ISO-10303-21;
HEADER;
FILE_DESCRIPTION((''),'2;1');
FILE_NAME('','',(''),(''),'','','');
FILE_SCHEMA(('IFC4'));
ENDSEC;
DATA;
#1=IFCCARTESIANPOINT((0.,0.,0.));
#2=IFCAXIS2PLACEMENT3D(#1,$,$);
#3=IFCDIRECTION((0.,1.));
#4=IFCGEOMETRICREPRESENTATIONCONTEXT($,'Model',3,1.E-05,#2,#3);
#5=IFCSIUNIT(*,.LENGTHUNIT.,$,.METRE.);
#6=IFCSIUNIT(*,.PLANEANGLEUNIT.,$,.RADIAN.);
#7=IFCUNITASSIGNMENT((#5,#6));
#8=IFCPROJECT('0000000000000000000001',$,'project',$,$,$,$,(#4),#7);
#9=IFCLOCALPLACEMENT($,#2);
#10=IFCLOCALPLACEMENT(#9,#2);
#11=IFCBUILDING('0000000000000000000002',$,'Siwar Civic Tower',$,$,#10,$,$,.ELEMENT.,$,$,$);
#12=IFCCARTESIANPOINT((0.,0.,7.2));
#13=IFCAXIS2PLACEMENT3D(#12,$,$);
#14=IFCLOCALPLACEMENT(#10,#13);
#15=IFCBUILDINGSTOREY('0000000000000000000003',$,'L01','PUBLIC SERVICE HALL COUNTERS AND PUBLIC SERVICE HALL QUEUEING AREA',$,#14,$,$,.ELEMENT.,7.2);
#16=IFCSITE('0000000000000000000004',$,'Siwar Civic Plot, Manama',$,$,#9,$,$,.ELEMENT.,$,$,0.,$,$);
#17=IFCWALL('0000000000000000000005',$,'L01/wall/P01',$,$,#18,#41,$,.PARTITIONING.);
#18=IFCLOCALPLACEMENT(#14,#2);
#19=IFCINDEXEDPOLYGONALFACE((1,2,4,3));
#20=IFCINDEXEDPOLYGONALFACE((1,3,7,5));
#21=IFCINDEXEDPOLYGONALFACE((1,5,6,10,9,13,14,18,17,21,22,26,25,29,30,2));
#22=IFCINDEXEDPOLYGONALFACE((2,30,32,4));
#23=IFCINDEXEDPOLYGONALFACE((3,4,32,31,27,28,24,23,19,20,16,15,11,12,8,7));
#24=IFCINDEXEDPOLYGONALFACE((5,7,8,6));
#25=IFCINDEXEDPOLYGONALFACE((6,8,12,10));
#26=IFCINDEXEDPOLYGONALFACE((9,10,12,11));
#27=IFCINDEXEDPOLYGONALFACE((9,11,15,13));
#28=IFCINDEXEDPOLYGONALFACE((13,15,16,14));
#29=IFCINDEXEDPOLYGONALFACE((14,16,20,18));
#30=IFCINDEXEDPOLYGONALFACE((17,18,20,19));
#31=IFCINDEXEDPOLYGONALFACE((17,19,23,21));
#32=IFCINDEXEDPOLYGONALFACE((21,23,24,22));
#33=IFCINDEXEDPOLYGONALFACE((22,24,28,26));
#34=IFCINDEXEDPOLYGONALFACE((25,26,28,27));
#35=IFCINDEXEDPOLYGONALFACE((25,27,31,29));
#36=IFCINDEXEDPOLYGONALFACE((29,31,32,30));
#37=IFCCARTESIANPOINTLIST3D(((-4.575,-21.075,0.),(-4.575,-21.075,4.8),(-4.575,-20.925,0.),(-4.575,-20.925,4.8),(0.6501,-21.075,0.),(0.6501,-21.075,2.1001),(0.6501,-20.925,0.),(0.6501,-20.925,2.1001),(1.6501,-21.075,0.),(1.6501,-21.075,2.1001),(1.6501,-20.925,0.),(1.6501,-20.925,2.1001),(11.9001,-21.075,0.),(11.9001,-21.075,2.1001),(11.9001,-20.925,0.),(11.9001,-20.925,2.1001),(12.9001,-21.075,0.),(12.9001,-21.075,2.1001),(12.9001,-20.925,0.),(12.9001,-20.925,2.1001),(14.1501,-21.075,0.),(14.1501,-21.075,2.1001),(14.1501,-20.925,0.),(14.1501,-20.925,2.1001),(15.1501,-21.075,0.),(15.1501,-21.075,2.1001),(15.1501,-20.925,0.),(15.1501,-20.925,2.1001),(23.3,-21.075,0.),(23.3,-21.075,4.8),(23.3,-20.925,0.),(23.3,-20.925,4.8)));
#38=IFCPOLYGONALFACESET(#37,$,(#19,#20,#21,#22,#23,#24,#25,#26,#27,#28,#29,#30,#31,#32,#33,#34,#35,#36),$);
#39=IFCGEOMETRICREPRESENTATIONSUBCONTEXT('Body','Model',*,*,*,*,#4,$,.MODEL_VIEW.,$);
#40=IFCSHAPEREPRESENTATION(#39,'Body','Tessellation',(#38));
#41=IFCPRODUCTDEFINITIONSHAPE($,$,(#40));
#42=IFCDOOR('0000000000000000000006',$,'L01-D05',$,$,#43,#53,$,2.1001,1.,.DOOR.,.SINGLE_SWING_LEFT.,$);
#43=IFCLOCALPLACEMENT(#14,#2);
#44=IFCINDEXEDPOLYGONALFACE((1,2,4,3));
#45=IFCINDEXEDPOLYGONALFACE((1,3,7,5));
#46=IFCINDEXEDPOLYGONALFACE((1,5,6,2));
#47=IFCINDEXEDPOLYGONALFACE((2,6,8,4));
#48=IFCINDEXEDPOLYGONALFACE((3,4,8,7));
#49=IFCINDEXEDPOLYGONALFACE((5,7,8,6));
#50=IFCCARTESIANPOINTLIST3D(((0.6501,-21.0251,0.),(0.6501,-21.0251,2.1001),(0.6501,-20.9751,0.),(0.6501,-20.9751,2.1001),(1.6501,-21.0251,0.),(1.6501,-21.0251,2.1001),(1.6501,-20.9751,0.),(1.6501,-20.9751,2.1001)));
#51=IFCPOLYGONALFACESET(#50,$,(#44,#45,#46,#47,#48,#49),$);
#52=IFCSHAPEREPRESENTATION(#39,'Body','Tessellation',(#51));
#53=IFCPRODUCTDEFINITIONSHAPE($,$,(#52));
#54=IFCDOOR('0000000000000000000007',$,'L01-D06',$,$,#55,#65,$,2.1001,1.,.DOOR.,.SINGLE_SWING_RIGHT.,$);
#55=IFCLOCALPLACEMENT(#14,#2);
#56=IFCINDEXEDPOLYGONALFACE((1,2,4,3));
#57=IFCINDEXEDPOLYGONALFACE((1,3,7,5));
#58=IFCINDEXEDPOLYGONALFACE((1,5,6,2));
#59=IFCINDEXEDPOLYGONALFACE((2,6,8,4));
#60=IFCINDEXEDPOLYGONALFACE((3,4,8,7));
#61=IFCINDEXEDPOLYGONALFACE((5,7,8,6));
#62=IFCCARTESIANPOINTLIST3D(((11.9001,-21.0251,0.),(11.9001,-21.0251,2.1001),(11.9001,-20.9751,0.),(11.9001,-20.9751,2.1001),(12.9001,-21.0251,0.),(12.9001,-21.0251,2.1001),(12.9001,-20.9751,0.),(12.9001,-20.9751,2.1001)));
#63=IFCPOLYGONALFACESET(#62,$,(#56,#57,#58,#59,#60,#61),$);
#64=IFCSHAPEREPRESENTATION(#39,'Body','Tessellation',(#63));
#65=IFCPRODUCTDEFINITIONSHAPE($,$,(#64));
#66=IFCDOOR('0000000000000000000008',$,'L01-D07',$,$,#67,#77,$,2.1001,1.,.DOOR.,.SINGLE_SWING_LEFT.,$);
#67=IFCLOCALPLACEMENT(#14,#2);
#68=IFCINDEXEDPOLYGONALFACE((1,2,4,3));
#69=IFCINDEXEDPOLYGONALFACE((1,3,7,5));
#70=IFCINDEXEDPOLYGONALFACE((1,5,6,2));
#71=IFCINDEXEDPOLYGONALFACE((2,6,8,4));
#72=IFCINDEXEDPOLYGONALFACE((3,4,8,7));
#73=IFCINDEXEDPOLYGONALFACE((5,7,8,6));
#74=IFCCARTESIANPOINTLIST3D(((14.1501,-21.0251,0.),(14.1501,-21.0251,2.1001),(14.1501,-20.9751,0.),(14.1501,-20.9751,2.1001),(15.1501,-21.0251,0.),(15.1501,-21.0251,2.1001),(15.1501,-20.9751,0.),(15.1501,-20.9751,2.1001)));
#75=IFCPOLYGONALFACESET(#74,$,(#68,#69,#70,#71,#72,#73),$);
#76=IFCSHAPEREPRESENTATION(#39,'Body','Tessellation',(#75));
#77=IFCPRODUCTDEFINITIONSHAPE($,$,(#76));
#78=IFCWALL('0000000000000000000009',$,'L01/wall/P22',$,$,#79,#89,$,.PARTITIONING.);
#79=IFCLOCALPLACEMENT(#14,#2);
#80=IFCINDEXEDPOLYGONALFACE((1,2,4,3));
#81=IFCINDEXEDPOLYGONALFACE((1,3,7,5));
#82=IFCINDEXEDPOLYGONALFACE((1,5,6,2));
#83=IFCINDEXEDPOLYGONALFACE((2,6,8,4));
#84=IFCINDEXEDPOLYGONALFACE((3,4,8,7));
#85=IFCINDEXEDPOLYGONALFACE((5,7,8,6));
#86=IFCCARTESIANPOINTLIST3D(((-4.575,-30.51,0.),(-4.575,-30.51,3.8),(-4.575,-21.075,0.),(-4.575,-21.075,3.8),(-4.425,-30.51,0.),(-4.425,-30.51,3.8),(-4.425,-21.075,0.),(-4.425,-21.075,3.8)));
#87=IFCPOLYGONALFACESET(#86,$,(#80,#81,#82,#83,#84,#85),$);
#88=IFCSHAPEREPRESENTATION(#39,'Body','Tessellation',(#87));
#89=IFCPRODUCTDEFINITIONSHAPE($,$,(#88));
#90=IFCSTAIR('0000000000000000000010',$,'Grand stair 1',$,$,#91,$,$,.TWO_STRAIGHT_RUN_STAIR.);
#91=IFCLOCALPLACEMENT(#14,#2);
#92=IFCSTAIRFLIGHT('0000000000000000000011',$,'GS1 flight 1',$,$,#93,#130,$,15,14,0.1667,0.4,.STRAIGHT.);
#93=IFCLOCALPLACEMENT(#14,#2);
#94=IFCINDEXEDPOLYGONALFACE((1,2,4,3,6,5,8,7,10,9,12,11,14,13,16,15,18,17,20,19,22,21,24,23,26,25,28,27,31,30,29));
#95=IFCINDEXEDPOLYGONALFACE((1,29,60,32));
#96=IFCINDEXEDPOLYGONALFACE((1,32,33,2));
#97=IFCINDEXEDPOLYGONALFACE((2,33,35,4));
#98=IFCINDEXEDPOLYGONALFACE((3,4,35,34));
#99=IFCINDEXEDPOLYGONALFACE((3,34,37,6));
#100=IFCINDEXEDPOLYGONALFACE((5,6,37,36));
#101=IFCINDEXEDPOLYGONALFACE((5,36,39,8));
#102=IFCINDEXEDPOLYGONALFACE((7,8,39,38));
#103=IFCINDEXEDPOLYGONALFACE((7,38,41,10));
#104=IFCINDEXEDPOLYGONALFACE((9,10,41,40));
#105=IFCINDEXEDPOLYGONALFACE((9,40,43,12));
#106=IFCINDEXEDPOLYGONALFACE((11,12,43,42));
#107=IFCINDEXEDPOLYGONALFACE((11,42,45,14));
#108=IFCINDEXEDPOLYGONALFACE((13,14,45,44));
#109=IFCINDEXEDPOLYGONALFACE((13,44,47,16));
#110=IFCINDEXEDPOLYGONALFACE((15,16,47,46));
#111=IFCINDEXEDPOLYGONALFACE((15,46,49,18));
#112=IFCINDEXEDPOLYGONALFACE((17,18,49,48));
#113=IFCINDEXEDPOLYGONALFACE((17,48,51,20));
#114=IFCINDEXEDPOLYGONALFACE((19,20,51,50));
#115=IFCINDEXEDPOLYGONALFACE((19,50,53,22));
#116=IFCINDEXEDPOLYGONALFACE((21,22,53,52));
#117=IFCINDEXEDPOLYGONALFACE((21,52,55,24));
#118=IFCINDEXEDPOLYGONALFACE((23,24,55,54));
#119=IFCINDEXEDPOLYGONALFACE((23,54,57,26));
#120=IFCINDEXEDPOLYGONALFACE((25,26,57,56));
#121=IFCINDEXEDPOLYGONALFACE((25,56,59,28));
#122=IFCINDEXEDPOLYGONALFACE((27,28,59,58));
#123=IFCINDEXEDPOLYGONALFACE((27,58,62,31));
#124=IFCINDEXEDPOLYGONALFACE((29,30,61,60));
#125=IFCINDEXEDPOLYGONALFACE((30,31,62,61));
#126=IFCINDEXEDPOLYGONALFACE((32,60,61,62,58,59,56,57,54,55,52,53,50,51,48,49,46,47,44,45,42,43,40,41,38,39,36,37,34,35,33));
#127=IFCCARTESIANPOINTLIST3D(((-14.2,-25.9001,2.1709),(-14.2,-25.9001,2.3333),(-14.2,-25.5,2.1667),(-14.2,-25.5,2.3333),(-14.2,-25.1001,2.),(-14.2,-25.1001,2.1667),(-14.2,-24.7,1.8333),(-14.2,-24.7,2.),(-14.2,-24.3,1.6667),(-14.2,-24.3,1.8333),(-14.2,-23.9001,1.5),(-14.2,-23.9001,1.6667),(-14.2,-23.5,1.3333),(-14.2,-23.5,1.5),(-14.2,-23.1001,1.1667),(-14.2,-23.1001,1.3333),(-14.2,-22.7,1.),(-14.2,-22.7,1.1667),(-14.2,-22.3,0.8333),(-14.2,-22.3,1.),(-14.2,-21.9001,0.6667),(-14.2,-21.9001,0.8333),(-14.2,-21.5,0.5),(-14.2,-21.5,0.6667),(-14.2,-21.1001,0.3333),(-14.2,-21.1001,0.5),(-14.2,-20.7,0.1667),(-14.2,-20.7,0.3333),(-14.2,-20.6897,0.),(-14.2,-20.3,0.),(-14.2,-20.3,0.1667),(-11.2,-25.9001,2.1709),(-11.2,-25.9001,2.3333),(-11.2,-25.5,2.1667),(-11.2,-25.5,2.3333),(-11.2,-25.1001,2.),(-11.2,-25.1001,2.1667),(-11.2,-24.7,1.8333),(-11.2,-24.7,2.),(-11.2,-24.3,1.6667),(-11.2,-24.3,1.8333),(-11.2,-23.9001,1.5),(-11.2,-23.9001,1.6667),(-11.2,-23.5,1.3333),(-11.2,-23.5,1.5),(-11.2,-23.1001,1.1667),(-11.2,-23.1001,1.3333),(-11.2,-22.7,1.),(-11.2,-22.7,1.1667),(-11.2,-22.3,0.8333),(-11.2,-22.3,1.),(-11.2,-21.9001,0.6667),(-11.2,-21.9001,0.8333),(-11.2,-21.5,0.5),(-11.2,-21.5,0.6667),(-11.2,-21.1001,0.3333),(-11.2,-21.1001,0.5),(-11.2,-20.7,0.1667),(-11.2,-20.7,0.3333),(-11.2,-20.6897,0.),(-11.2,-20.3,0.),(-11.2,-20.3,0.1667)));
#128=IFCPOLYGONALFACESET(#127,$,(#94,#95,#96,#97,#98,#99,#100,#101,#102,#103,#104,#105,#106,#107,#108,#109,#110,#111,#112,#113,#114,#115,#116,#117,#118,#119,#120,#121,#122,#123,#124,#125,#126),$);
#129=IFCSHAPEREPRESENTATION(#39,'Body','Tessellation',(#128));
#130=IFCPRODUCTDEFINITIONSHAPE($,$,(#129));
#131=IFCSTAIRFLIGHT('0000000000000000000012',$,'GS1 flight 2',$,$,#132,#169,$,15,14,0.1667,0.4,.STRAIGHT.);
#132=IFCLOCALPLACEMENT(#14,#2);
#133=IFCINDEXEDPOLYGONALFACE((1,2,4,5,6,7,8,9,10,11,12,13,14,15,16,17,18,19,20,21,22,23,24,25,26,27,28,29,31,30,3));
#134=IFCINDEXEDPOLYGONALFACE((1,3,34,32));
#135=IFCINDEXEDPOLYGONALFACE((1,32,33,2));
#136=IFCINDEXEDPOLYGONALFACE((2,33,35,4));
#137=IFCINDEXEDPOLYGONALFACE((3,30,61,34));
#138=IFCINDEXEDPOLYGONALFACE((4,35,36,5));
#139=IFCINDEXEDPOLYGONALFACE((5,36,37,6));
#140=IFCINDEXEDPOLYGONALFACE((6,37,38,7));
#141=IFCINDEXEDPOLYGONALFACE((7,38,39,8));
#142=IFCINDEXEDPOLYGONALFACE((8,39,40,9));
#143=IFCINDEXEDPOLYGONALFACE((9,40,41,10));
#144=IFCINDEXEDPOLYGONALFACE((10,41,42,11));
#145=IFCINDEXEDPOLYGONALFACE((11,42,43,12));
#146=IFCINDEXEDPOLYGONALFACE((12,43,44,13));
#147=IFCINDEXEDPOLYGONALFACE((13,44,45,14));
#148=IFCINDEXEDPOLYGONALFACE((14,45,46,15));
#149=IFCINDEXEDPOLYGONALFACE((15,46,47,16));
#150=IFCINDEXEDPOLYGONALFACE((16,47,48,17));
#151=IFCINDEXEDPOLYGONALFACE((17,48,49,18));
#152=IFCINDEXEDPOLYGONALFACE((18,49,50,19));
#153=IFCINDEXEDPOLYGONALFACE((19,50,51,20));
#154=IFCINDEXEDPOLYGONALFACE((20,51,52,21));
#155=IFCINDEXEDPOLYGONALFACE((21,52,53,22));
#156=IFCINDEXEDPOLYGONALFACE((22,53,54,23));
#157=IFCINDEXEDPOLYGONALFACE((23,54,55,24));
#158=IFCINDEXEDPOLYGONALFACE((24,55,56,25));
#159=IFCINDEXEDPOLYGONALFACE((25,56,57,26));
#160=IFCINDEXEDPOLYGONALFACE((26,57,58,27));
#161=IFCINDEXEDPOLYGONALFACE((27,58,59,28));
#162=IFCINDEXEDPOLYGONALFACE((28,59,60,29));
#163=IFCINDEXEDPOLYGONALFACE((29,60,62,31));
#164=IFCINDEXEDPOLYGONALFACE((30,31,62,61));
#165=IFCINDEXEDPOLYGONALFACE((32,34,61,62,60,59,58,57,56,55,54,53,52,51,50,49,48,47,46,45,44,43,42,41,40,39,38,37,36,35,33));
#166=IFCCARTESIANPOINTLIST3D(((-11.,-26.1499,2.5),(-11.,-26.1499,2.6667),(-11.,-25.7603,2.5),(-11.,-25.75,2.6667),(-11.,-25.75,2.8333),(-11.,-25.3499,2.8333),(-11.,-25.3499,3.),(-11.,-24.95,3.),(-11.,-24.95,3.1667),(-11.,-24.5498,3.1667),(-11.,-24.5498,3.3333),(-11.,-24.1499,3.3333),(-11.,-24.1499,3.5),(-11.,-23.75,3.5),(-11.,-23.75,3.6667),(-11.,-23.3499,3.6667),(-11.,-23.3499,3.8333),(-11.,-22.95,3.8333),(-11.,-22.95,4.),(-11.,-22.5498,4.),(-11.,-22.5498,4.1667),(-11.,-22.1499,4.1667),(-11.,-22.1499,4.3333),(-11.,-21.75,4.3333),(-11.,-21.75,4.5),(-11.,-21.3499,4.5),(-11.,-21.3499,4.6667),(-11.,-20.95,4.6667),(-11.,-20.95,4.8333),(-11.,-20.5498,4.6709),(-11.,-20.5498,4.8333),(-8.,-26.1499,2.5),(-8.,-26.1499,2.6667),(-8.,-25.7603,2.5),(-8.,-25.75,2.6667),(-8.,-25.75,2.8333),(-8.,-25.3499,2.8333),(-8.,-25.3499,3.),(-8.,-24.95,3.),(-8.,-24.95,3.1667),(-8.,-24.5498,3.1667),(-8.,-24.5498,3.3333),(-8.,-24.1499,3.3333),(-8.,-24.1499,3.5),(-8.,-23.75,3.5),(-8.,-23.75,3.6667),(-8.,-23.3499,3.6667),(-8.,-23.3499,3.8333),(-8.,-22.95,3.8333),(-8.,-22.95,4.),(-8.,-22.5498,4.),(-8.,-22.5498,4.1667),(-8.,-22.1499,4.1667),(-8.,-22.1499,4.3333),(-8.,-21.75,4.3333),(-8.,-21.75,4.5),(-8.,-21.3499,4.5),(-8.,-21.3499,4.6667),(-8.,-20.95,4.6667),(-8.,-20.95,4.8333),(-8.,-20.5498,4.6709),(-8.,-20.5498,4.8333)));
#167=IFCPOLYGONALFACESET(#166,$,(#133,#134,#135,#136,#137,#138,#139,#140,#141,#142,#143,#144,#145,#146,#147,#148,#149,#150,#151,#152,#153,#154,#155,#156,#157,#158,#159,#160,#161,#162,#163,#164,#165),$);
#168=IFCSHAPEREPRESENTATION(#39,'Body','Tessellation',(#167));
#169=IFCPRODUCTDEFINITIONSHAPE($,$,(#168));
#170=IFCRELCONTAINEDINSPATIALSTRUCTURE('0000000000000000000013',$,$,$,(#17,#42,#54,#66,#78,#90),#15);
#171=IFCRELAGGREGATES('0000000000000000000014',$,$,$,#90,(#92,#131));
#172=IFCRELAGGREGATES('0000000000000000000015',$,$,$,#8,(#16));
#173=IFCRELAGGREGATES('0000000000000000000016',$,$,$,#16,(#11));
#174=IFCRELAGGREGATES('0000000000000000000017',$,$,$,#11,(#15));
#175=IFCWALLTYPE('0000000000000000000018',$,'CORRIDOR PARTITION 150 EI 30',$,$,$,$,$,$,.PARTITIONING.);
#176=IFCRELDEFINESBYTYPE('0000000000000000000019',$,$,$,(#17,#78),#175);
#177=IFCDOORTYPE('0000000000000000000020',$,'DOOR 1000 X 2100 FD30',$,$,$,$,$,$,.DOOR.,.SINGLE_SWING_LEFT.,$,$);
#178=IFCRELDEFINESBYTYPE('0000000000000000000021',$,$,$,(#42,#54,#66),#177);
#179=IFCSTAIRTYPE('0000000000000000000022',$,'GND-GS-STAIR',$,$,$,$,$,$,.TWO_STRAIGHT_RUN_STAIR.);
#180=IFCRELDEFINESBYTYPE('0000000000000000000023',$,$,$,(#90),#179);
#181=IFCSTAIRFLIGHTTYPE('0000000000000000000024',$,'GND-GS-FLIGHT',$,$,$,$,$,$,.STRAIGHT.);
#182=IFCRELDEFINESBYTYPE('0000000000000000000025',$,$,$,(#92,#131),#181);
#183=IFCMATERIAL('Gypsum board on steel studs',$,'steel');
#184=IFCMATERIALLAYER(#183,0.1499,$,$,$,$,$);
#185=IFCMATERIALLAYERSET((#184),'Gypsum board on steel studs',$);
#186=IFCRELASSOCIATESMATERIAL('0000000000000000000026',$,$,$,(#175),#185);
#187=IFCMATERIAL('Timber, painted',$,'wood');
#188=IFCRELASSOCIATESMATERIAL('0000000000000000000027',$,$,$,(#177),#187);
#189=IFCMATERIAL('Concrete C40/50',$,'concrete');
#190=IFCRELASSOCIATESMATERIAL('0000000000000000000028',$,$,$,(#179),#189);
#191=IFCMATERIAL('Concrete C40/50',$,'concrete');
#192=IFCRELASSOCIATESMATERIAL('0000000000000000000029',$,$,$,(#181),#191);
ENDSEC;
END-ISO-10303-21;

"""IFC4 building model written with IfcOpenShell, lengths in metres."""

from ifc_helpers import new_model, si_unit, direction, frame, frame_2d, origin, place, context, subcontext, project, spatial, polyline, rectangle, outline, extrude, material, layer, layer_set, type_object, element, fill, aggregate, save


model = new_model("IFC4")

# Units and contexts
model_context = context("Model", 3, precision=1e-05, world=origin(), true_north=direction((0.0, 1.0)))
body_context = subcontext(model_context, "Body", "Model", "MODEL_VIEW")
ifc_project = project(units=[si_unit("LENGTHUNIT", "METRE"), si_unit("PLANEANGLEUNIT", "RADIAN")], contexts=[model_context])

# Site, building, storey
site_placement = place(None, origin())
site = spatial("IfcSite", under=ifc_project, at=site_placement, Name="Siwar Civic Plot, Manama", CompositionType="ELEMENT", RefElevation=0.0)
building_placement = place(site_placement, origin())
building = spatial("IfcBuilding", under=site, at=building_placement, Name="Siwar Civic Tower", CompositionType="ELEMENT")
storey_placement = place(building_placement, frame((0.0, 0.0, 7.2)))
storey = spatial("IfcBuildingStorey", under=building, at=storey_placement, Name="L01", Description="PUBLIC SERVICE HALL COUNTERS AND PUBLIC SERVICE HALL QUEUEING AREA", CompositionType="ELEMENT", Elevation=7.2)

# Wall, openings, doors
ifc_material_1 = material(Name="Gypsum board on steel studs", Category="steel")
ifc_layer_1 = layer(ifc_material_1, 0.1499)
ifc_layer_set_1 = layer_set([ifc_layer_1], Name="Gypsum board on steel studs")
wall_type = type_object("IfcWallType", Name="CORRIDOR PARTITION 150 EI 30", PredefinedType="PARTITIONING", material=ifc_layer_set_1)
wall_1_placement = place(storey_placement, frame((-4.575, -21.0, 0.0), z_axis=(0.0, 0.0, 1.0), x_axis=(1.0, 0.0, 0.0)))
wall_1 = element("IfcWall", 1, at=wall_1_placement, inside=storey, type_object=wall_type, Name="L01/wall/P01", PredefinedType="PARTITIONING", context=body_context, shape_type="SweptSolid", body=[
    extrude(rectangle(XDim=27.875, YDim=0.1499, at=frame_2d((13.9375, 0.0))), origin(), (0.0, 0.0, 1.0), 4.8),
])
opening_1_placement = place(wall_1_placement, frame((5.2251, 0.0, 0.0)))
opening_1 = element("IfcOpeningElement", 2, at=opening_1_placement, cuts=wall_1, PredefinedType="OPENING", context=body_context, shape_type="SweptSolid", body=[
    extrude(rectangle(XDim=1.0, YDim=2.1001, at=frame_2d((0.5, 1.05))), frame((0.0, 0.085, 0.0), z_axis=(0.0, -1.0, 0.0), x_axis=(1.0, 0.0, 0.0)), (0.0, 0.0, 1.0), 0.1699),
])
opening_2_placement = place(wall_1_placement, frame((16.4751, 0.0, 0.0)))
opening_2 = element("IfcOpeningElement", 3, at=opening_2_placement, cuts=wall_1, PredefinedType="OPENING", context=body_context, shape_type="SweptSolid", body=[
    extrude(rectangle(XDim=1.0, YDim=2.1001, at=frame_2d((0.5, 1.05))), frame((0.0, 0.085, 0.0), z_axis=(0.0, -1.0, 0.0), x_axis=(1.0, 0.0, 0.0)), (0.0, 0.0, 1.0), 0.1699),
])
opening_3_placement = place(wall_1_placement, frame((18.7251, 0.0, 0.0)))
opening_3 = element("IfcOpeningElement", 4, at=opening_3_placement, cuts=wall_1, PredefinedType="OPENING", context=body_context, shape_type="SweptSolid", body=[
    extrude(rectangle(XDim=1.0, YDim=2.1001, at=frame_2d((0.5, 1.05))), frame((0.0, 0.085, 0.0), z_axis=(0.0, -1.0, 0.0), x_axis=(1.0, 0.0, 0.0)), (0.0, 0.0, 1.0), 0.1699),
])
ifc_material_2 = material(Name="Timber, painted", Category="wood")
door_type = type_object("IfcDoorType", Name="DOOR 1000 X 2100 FD30", OperationType="SINGLE_SWING_LEFT", PredefinedType="DOOR", material=ifc_material_2)
door_1_placement = place(opening_1_placement, origin())
door_1 = element("IfcDoor", 5, at=door_1_placement, inside=storey, type_object=door_type, Name="L01-D05", OperationType="SINGLE_SWING_LEFT", OverallHeight=2.1001, OverallWidth=1.0, PredefinedType="DOOR", context=body_context, shape_type="SweptSolid", body=[
    extrude(rectangle(XDim=1.0, YDim=2.1001, at=frame_2d((0.5, 1.05))), frame((0.0, 0.0249, 0.0), z_axis=(0.0, -1.0, 0.0), x_axis=(1.0, 0.0, 0.0)), (0.0, 0.0, 1.0), 0.05),
])
fill(opening_1, door_1)
door_2_placement = place(opening_2_placement, origin())
door_2 = element("IfcDoor", 6, at=door_2_placement, inside=storey, type_object=door_type, Name="L01-D06", OperationType="SINGLE_SWING_RIGHT", OverallHeight=2.1001, OverallWidth=1.0, PredefinedType="DOOR", context=body_context, shape_type="SweptSolid", body=[
    extrude(rectangle(XDim=1.0, YDim=2.1001, at=frame_2d((0.5, 1.05))), frame((0.0, 0.0249, 0.0), z_axis=(0.0, -1.0, 0.0), x_axis=(1.0, 0.0, 0.0)), (0.0, 0.0, 1.0), 0.05),
])
fill(opening_2, door_2)
door_3_placement = place(opening_3_placement, origin())
door_3 = element("IfcDoor", 7, at=door_3_placement, inside=storey, type_object=door_type, Name="L01-D07", OperationType="SINGLE_SWING_LEFT", OverallHeight=2.1001, OverallWidth=1.0, PredefinedType="DOOR", context=body_context, shape_type="SweptSolid", body=[
    extrude(rectangle(XDim=1.0, YDim=2.1001, at=frame_2d((0.5, 1.05))), frame((0.0, 0.0249, 0.0), z_axis=(0.0, -1.0, 0.0), x_axis=(1.0, 0.0, 0.0)), (0.0, 0.0, 1.0), 0.05),
])
fill(opening_3, door_3)

# Wall
wall_2_placement = place(storey_placement, frame((-4.5, -30.51, 0.0), z_axis=(0.0, 0.0, 1.0), x_axis=(0.0, 1.0, 0.0)))
element("IfcWall", 8, at=wall_2_placement, inside=storey, type_object=wall_type, Name="L01/wall/P22", PredefinedType="PARTITIONING", context=body_context, shape_type="SweptSolid", body=[
    extrude(rectangle(XDim=9.4351, YDim=0.1499, at=frame_2d((4.7175, 0.0))), origin(), (0.0, 0.0, 1.0), 3.8),
])

# Stair, stair flights
ifc_material_3 = material(Name="Concrete C40/50", Category="concrete")
stair_type = type_object("IfcStairType", Name="GND-GS-STAIR", PredefinedType="TWO_STRAIGHT_RUN_STAIR", material=ifc_material_3)
stair_placement = place(storey_placement, origin())
stair = element("IfcStair", 9, at=stair_placement, inside=storey, type_object=stair_type, Name="Grand stair 1", PredefinedType="TWO_STRAIGHT_RUN_STAIR")
ifc_material_4 = material(Name="Concrete C40/50", Category="concrete")
stair_flight_type = type_object("IfcStairFlightType", Name="GND-GS-FLIGHT", PredefinedType="STRAIGHT", material=ifc_material_4)
stair_flight_1_placement = place(storey_placement, frame((-12.7, -20.3, 0.0), z_axis=(0.0, 0.0, 1.0), x_axis=(0.0, -1.0, 0.0)))
stair_flight_1 = element("IfcStairFlight", 10, at=stair_flight_1_placement, type_object=stair_flight_type, Name="GS1 flight 1", NumberOfRisers=15, NumberOfTreads=14, PredefinedType="STRAIGHT", RiserHeight=0.1667, TreadLength=0.4, context=body_context, shape_type="SweptSolid", body=[
    extrude(outline(polyline([(0.0, 0.0), (0.0, 0.1667), (0.3999, 0.1667), (0.3999, 0.3333), (0.8, 0.3333), (0.8, 0.5), (1.2, 0.5), (1.2, 0.6667), (1.6001, 0.6667), (1.6001, 0.8333), (2.0, 0.8333), (2.0, 1.0), (2.3999, 1.0), (2.3999, 1.1667), (2.8, 1.1667), (2.8, 1.3333), (3.2, 1.3333), (3.2, 1.5), (3.6001, 1.5), (3.6001, 1.6667), (4.0, 1.6667), (4.0, 1.8333), (4.3999, 1.8333), (4.3999, 2.0), (4.8, 2.0), (4.8, 2.1667), (5.2, 2.1667), (5.2, 2.3333), (5.6001, 2.3333), (5.6001, 2.5), (5.6001, 2.1709), (0.3896, 0.0), (0.0, 0.0)])), frame((0.0, 1.5, 0.0), z_axis=(0.0, -1.0, 0.0), x_axis=(1.0, 0.0, 0.0)), (0.0, 0.0, 1.0), 3.0),
])
stair_flight_2_placement = place(storey_placement, frame((-9.5, -26.1499, 2.5), z_axis=(0.0, 0.0, 1.0), x_axis=(0.0, 1.0, 0.0)))
stair_flight_2 = element("IfcStairFlight", 11, at=stair_flight_2_placement, type_object=stair_flight_type, Name="GS1 flight 2", NumberOfRisers=15, NumberOfTreads=14, PredefinedType="STRAIGHT", RiserHeight=0.1667, TreadLength=0.4, context=body_context, shape_type="SweptSolid", body=[
    extrude(outline(polyline([(0.0, 0.0), (0.0, 0.1667), (0.3999, 0.1667), (0.3999, 0.3333), (0.8, 0.3333), (0.8, 0.5), (1.2, 0.5), (1.2, 0.6667), (1.6001, 0.6667), (1.6001, 0.8333), (2.0, 0.8333), (2.0, 1.0), (2.3999, 1.0), (2.3999, 1.1667), (2.8, 1.1667), (2.8, 1.3333), (3.2, 1.3333), (3.2, 1.5), (3.6001, 1.5), (3.6001, 1.6667), (4.0, 1.6667), (4.0, 1.8333), (4.3999, 1.8333), (4.3999, 2.0), (4.8, 2.0), (4.8, 2.1667), (5.2, 2.1667), (5.2, 2.3333), (5.6001, 2.3333), (5.6001, 2.5), (5.6001, 2.1709), (0.3896, 0.0), (0.0, 0.0)])), frame((0.0, 1.5, 0.0), z_axis=(0.0, -1.0, 0.0), x_axis=(1.0, 0.0, 0.0)), (0.0, 0.0, 1.0), 3.0),
])
aggregate(stair, [stair_flight_1, stair_flight_2])

save(model, "model.ifc")
